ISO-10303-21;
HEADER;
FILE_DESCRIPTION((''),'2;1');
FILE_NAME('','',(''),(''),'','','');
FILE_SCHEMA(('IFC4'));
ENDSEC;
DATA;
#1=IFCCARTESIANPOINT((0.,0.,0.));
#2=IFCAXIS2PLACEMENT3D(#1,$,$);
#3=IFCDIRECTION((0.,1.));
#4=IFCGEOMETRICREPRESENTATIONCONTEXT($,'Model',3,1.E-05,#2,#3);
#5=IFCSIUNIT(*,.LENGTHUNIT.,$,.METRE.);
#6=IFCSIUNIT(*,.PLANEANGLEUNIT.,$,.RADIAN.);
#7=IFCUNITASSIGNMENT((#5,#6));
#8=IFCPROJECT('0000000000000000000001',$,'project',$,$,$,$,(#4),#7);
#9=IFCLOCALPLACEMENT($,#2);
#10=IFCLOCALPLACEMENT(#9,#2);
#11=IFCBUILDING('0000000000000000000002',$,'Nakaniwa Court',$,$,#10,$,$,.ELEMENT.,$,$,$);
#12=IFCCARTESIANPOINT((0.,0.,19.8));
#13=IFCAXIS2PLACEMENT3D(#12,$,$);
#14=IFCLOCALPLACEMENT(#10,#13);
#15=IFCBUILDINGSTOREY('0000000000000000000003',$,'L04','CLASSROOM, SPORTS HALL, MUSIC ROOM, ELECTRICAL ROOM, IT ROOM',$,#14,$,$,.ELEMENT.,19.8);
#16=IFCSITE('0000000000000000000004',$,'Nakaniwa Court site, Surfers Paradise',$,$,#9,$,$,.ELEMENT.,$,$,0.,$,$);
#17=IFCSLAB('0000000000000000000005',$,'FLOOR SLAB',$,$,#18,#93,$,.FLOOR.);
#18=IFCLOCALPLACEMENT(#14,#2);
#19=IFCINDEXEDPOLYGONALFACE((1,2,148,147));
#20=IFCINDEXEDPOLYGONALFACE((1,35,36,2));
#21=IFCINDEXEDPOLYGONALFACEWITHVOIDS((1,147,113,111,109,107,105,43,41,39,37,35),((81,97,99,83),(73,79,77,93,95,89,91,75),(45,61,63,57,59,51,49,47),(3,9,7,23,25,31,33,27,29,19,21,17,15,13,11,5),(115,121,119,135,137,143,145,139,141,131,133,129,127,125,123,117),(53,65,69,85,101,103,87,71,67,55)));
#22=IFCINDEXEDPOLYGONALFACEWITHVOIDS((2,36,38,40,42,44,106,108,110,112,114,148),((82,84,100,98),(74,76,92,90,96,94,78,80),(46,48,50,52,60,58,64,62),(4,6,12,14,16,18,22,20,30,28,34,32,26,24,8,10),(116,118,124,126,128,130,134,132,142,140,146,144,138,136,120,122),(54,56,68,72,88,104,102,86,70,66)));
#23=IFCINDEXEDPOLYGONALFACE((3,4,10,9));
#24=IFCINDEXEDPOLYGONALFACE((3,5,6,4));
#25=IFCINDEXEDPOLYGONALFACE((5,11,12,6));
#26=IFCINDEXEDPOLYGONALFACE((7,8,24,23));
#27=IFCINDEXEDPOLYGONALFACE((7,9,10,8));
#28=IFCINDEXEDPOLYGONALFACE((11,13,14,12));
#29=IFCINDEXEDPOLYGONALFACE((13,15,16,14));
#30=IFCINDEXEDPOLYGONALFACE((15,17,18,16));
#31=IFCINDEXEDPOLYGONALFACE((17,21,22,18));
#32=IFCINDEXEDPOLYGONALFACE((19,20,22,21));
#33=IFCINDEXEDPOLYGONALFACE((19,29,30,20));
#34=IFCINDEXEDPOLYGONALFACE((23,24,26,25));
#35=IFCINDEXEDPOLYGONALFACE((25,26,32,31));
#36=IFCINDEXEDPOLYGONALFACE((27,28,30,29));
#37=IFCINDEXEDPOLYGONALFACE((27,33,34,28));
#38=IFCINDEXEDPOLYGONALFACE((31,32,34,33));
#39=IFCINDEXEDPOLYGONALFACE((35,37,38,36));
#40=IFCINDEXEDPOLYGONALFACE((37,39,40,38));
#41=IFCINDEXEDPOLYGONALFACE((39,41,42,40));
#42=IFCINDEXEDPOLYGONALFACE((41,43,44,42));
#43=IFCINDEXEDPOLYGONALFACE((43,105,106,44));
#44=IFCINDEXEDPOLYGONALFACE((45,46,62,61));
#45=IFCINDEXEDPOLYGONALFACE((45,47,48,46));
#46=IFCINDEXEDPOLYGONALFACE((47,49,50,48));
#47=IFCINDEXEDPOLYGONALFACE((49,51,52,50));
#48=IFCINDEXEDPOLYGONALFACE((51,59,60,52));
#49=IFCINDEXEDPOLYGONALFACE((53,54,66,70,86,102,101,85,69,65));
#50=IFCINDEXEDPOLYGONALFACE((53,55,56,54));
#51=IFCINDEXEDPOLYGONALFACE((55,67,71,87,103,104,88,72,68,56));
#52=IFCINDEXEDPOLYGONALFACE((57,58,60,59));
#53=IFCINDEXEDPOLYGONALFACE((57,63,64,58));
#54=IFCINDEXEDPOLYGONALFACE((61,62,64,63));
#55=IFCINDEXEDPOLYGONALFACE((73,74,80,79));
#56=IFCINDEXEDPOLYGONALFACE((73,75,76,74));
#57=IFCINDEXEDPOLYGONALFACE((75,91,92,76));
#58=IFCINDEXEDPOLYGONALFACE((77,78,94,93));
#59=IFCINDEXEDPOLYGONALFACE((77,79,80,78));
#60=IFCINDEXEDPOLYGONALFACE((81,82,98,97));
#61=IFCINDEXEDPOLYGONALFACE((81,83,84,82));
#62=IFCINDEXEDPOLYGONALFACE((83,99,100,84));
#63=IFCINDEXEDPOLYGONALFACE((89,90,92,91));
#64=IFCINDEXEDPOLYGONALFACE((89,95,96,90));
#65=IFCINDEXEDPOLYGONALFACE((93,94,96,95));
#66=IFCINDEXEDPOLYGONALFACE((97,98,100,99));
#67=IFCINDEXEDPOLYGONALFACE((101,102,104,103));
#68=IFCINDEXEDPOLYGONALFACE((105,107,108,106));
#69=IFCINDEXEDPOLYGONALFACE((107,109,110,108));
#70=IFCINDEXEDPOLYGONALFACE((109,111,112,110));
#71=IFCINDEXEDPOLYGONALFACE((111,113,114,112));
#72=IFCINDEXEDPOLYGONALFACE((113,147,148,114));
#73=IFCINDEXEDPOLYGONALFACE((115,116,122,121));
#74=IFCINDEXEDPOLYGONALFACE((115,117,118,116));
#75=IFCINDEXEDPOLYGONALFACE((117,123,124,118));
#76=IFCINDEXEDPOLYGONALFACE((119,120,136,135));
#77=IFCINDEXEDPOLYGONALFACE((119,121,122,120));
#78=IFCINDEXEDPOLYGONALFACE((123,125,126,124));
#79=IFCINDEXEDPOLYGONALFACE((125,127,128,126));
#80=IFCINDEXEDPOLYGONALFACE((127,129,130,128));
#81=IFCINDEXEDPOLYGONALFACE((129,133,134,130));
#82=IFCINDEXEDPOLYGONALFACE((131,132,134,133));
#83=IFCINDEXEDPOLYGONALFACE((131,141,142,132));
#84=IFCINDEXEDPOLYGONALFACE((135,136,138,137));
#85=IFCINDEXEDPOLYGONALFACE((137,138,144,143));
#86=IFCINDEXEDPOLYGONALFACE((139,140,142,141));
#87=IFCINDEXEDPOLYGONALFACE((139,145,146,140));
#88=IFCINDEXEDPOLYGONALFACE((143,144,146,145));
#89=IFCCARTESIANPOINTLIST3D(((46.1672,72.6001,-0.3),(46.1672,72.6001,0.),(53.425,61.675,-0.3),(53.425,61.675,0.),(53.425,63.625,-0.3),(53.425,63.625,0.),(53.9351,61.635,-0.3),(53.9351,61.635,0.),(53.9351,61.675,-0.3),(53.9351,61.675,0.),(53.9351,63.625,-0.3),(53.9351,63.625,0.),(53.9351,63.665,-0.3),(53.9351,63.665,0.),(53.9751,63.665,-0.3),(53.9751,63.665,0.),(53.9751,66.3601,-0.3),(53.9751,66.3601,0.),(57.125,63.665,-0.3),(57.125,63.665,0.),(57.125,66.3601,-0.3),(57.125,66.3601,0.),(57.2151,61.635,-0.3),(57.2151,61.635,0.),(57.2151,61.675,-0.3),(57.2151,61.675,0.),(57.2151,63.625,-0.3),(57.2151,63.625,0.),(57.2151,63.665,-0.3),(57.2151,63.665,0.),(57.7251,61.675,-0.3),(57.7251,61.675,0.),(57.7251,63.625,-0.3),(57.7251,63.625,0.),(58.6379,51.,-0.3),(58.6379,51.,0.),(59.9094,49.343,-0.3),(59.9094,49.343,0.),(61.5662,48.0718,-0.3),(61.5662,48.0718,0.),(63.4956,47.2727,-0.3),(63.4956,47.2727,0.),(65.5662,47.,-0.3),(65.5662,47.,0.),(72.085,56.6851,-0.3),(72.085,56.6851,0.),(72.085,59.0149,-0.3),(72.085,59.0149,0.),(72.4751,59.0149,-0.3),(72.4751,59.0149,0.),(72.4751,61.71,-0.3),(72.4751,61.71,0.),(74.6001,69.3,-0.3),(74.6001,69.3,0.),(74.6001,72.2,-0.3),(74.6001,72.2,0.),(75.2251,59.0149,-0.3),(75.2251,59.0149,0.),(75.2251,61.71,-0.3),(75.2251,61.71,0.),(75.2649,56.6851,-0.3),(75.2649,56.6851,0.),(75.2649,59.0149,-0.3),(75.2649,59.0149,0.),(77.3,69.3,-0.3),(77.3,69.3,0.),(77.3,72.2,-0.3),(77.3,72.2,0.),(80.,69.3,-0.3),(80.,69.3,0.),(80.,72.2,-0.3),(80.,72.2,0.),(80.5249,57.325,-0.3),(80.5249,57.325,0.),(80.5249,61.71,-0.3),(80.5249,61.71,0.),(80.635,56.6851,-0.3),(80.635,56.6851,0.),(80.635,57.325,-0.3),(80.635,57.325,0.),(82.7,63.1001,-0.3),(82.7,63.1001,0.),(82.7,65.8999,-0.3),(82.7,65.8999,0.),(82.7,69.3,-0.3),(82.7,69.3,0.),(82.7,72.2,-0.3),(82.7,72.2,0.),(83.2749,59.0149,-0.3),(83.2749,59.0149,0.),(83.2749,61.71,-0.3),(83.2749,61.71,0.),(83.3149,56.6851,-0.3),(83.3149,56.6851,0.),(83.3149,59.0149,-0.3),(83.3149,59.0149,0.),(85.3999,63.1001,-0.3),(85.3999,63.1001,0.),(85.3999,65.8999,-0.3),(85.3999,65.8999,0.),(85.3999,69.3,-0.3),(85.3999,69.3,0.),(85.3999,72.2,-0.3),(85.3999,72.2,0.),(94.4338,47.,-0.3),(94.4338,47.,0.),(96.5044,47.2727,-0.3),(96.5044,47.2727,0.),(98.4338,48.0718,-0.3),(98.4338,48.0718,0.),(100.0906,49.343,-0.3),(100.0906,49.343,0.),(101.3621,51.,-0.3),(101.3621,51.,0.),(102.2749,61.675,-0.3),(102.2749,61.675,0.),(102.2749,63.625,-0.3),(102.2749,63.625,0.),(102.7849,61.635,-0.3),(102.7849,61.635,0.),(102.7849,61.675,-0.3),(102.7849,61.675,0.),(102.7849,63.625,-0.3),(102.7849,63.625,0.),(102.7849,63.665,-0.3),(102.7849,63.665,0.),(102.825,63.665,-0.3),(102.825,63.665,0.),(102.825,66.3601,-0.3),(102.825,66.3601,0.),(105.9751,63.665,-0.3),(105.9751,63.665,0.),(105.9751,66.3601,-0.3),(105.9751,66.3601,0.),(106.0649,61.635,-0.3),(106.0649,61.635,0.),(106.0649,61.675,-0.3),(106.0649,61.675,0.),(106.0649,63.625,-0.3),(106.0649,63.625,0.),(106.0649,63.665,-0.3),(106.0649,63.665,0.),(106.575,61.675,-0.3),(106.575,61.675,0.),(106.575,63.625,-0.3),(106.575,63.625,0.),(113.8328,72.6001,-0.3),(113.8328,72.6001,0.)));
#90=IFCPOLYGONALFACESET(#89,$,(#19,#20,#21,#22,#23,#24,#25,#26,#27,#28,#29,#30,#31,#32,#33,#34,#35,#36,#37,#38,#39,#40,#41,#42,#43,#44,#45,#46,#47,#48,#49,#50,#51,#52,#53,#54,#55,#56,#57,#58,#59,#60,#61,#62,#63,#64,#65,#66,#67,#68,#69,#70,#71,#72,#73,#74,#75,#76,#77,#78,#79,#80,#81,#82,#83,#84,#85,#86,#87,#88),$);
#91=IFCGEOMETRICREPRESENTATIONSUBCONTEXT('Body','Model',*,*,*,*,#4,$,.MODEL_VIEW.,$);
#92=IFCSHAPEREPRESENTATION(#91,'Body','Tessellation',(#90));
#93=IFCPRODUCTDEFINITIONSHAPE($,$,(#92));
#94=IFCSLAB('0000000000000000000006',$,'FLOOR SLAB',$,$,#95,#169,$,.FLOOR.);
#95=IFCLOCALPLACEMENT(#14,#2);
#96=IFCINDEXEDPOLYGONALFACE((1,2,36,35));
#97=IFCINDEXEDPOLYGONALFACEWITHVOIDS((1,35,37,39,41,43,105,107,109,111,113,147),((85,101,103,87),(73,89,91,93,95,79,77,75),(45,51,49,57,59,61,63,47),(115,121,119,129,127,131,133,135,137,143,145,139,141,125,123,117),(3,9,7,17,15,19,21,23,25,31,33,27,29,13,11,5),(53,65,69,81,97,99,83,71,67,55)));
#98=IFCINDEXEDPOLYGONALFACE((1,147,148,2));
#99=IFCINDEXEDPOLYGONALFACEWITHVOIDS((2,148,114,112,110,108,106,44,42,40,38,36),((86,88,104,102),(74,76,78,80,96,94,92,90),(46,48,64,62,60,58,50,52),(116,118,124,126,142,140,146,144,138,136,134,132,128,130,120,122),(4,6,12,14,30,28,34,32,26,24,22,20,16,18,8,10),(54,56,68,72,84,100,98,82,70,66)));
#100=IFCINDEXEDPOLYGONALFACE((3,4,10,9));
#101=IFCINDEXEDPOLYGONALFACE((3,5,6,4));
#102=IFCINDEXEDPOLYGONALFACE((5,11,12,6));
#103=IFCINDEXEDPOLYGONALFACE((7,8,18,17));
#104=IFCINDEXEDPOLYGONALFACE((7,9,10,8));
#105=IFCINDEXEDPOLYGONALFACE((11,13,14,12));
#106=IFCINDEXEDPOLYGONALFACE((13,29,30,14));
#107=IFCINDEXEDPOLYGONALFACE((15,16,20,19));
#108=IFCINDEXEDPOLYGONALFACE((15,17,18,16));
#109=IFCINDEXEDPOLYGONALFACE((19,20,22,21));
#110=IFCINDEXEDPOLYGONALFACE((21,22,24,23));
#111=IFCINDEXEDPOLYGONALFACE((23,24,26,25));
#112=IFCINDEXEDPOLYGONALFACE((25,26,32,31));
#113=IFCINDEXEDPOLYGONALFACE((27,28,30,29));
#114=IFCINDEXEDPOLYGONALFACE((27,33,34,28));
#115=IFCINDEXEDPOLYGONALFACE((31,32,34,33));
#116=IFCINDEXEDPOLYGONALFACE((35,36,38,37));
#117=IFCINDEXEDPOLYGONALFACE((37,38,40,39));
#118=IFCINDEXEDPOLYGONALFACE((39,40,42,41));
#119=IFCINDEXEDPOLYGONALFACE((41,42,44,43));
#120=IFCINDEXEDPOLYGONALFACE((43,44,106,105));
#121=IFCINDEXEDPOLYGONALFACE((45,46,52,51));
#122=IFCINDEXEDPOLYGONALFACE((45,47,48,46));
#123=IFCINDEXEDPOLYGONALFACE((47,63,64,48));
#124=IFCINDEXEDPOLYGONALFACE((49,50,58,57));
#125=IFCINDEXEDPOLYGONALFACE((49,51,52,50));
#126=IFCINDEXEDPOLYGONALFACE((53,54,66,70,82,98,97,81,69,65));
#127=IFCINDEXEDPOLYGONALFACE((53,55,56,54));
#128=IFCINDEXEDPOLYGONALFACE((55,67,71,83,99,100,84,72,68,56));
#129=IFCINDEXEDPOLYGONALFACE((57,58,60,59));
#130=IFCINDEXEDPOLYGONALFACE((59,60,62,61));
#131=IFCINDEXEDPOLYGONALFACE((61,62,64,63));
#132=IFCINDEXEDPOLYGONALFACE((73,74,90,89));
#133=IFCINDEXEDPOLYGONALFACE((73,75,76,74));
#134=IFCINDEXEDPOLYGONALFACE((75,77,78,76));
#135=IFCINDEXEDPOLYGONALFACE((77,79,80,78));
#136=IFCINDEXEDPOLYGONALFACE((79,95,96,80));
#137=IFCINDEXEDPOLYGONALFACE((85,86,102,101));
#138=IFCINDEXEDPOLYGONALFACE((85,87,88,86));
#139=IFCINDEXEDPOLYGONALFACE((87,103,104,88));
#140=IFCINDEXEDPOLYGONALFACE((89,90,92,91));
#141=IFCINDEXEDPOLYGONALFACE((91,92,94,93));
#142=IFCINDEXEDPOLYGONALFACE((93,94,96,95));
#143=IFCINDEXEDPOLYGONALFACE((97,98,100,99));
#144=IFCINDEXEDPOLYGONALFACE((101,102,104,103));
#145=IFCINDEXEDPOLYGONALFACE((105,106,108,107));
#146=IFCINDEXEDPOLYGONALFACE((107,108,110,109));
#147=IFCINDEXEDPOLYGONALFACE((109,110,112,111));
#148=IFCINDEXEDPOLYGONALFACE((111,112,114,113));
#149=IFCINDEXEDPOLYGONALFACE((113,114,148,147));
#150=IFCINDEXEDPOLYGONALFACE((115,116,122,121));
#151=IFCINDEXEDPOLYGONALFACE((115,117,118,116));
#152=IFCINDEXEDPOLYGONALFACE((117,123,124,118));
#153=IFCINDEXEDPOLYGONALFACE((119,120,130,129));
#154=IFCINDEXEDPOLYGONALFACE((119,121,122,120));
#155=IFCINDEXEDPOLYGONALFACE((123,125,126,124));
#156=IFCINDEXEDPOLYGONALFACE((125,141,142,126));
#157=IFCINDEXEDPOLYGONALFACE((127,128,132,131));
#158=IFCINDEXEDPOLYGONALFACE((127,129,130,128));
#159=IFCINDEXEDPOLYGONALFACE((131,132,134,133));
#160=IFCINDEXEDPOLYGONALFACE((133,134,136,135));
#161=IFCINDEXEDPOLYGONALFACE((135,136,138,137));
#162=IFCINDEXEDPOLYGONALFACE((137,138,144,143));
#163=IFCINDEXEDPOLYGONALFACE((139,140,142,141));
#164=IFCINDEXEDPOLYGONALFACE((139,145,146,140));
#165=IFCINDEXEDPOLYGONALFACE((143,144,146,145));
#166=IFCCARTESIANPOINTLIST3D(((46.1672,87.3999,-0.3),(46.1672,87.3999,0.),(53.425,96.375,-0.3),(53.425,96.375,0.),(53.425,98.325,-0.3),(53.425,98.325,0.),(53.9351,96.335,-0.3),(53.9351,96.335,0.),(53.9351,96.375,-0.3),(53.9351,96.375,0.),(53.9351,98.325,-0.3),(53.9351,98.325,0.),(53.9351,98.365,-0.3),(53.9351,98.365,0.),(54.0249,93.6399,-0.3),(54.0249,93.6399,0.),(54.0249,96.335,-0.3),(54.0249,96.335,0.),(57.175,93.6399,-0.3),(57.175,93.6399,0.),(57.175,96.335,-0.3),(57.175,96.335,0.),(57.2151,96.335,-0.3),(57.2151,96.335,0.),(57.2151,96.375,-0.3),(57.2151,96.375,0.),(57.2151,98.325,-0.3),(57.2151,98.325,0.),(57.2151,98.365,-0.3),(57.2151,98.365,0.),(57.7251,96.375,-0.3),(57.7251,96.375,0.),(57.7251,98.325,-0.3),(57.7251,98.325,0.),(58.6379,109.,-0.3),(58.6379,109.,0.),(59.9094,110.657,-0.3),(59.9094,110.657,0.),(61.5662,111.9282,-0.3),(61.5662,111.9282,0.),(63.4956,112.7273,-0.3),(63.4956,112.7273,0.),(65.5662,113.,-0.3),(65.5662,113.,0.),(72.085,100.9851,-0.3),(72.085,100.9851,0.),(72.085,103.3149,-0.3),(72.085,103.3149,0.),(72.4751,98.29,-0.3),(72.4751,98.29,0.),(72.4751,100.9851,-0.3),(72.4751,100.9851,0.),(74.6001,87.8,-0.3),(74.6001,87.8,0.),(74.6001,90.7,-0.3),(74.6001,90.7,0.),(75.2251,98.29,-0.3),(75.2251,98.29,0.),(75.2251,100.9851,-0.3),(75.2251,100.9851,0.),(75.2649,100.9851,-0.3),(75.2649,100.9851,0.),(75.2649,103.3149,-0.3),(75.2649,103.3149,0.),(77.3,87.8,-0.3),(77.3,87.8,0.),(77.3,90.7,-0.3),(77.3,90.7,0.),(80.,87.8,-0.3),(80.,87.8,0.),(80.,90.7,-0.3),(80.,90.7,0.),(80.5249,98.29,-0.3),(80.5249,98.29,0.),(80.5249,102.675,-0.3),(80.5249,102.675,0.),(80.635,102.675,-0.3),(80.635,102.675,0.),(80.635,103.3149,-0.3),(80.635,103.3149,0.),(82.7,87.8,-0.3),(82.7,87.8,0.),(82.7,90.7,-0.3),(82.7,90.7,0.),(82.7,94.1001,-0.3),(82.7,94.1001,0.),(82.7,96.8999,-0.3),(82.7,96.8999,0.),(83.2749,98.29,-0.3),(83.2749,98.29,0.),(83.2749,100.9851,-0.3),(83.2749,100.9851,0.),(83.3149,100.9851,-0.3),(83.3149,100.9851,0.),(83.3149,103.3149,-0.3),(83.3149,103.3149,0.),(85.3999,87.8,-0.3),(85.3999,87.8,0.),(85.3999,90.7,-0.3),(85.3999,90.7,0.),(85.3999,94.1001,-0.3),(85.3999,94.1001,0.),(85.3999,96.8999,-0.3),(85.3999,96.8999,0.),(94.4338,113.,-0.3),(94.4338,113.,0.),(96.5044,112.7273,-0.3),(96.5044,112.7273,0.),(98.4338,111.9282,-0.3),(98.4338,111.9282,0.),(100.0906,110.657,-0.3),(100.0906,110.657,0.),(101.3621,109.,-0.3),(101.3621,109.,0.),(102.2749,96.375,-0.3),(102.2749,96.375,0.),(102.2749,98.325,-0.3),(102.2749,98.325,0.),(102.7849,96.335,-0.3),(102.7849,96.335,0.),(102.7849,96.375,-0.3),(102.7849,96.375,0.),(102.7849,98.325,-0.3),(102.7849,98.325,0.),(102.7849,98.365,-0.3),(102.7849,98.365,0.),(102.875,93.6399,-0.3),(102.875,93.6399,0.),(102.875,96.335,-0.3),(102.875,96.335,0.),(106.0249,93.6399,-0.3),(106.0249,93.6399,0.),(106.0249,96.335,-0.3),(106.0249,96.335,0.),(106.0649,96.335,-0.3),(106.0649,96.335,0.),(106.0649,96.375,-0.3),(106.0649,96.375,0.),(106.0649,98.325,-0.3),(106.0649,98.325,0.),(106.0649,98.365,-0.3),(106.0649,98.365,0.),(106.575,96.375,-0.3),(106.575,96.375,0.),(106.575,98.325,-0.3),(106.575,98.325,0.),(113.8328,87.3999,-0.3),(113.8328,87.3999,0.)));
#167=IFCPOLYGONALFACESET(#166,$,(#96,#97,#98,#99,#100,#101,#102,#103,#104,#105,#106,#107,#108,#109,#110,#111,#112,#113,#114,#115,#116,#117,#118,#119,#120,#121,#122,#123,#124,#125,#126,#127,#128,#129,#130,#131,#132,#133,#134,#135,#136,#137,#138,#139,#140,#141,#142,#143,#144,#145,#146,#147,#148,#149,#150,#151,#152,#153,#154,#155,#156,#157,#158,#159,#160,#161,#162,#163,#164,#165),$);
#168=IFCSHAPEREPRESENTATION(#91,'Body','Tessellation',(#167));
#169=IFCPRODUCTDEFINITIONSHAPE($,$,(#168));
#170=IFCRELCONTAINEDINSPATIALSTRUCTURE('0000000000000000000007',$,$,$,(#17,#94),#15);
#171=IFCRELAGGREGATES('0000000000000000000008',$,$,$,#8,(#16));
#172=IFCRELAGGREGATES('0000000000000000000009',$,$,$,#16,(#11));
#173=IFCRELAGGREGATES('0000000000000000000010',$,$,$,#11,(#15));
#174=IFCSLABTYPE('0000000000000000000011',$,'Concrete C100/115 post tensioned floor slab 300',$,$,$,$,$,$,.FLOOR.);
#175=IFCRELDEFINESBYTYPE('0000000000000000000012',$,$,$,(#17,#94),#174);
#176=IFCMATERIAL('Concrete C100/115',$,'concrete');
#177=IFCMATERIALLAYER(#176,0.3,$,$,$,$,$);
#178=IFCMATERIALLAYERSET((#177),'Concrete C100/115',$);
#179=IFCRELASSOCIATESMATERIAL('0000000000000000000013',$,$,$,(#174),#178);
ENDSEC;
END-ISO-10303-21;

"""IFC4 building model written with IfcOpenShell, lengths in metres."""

from ifc_helpers import new_model, si_unit, direction, frame, origin, place, context, subcontext, project, spatial, polyline, outline, extrude, material, layer, layer_set, type_object, element, save


model = new_model("IFC4")

# Units and contexts
model_context = context("Model", 3, precision=1e-05, world=origin(), true_north=direction((0.0, 1.0)))
body_context = subcontext(model_context, "Body", "Model", "MODEL_VIEW")
ifc_project = project(units=[si_unit("LENGTHUNIT", "METRE"), si_unit("PLANEANGLEUNIT", "RADIAN")], contexts=[model_context])

# Site, building, storey
site_placement = place(None, origin())
site = spatial("IfcSite", under=ifc_project, at=site_placement, Name="Nakaniwa Court site, Surfers Paradise", CompositionType="ELEMENT", RefElevation=0.0)
building_placement = place(site_placement, origin())
building = spatial("IfcBuilding", under=site, at=building_placement, Name="Nakaniwa Court", CompositionType="ELEMENT")
storey_placement = place(building_placement, frame((0.0, 0.0, 19.8)))
storey = spatial("IfcBuildingStorey", under=building, at=storey_placement, Name="L04", Description="CLASSROOM, SPORTS HALL, MUSIC ROOM, ELECTRICAL ROOM, IT ROOM", CompositionType="ELEMENT", Elevation=19.8)

# Slabs
ifc_material_1 = material(Name="Concrete C100/115", Category="concrete")
ifc_layer_1 = layer(ifc_material_1, 0.3)
ifc_layer_set_1 = layer_set([ifc_layer_1], Name="Concrete C100/115")
slab_type_1 = type_object("IfcSlabType", Name="Concrete C100/115 post tensioned floor slab 300", PredefinedType="FLOOR", material=ifc_layer_set_1)
slab_1_placement = place(storey_placement, frame((0.0, 0.0, -0.3)))
element("IfcSlab", 1, at=slab_1_placement, inside=storey, type_object=slab_type_1, Name="FLOOR SLAB", PredefinedType="FLOOR", context=body_context, shape_type="SweptSolid", body=[
    extrude(outline(polyline([(101.3621, 51.0), (113.8328, 72.6001), (46.1672, 72.6001), (58.6379, 51.0), (59.9094, 49.343), (61.5662, 48.0718), (63.4956, 47.2727), (65.5662, 47.0), (94.4338, 47.0), (96.5044, 47.2727), (98.4338, 48.0718), (100.0906, 49.343), (101.3621, 51.0)]), holes=[polyline([(72.085, 59.0149), (72.085, 56.6851), (75.2649, 56.6851), (75.2649, 59.0149), (75.2251, 59.0149), (75.2251, 61.71), (72.4751, 61.71), (72.4751, 59.0149), (72.085, 59.0149)]), polyline([(53.9351, 61.675), (53.9351, 61.635), (57.2151, 61.635), (57.2151, 61.675), (57.7251, 61.675), (57.7251, 63.625), (57.2151, 63.625), (57.2151, 63.665), (57.125, 63.665), (57.125, 66.3601), (53.9751, 66.3601), (53.9751, 63.665), (53.9351, 63.665), (53.9351, 63.625), (53.425, 63.625), (53.425, 61.675), (53.9351, 61.675)]), polyline([(77.3, 69.3), (80.0, 69.3), (82.7, 69.3), (85.3999, 69.3), (85.3999, 72.2), (82.7, 72.2), (80.0, 72.2), (77.3, 72.2), (74.6001, 72.2), (74.6001, 69.3), (77.3, 69.3)]), polyline([(80.5249, 57.325), (80.635, 57.325), (80.635, 56.6851), (83.3149, 56.6851), (83.3149, 59.0149), (83.2749, 59.0149), (83.2749, 61.71), (80.5249, 61.71), (80.5249, 57.325)]), polyline([(102.7849, 61.675), (102.7849, 61.635), (106.0649, 61.635), (106.0649, 61.675), (106.575, 61.675), (106.575, 63.625), (106.0649, 63.625), (106.0649, 63.665), (105.9751, 63.665), (105.9751, 66.3601), (102.825, 66.3601), (102.825, 63.665), (102.7849, 63.665), (102.7849, 63.625), (102.2749, 63.625), (102.2749, 61.675), (102.7849, 61.675)]), polyline([(85.3999, 63.1001), (85.3999, 65.8999), (82.7, 65.8999), (82.7, 63.1001), (85.3999, 63.1001)])]), origin(), (0.0, 0.0, 1.0), 0.3),
])
slab_2_placement = place(storey_placement, frame((0.0, 0.0, -0.3)))
element("IfcSlab", 2, at=slab_2_placement, inside=storey, type_object=slab_type_1, Name="FLOOR SLAB", PredefinedType="FLOOR", context=body_context, shape_type="SweptSolid", body=[
    extrude(outline(polyline([(58.6379, 109.0), (46.1672, 87.3999), (113.8328, 87.3999), (101.3621, 109.0), (100.0906, 110.657), (98.4338, 111.9282), (96.5044, 112.7273), (94.4338, 113.0), (65.5662, 113.0), (63.4956, 112.7273), (61.5662, 111.9282), (59.9094, 110.657), (58.6379, 109.0)]), holes=[polyline([(82.7, 90.7), (80.0, 90.7), (77.3, 90.7), (74.6001, 90.7), (74.6001, 87.8), (77.3, 87.8), (80.0, 87.8), (82.7, 87.8), (85.3999, 87.8), (85.3999, 90.7), (82.7, 90.7)]), polyline([(57.175, 96.335), (57.2151, 96.335), (57.2151, 96.375), (57.7251, 96.375), (57.7251, 98.325), (57.2151, 98.325), (57.2151, 98.365), (53.9351, 98.365), (53.9351, 98.325), (53.425, 98.325), (53.425, 96.375), (53.9351, 96.375), (53.9351, 96.335), (54.0249, 96.335), (54.0249, 93.6399), (57.175, 93.6399), (57.175, 96.335)]), polyline([(75.2649, 100.9851), (75.2649, 103.3149), (72.085, 103.3149), (72.085, 100.9851), (72.4751, 100.9851), (72.4751, 98.29), (75.2251, 98.29), (75.2251, 100.9851), (75.2649, 100.9851)]), polyline([(85.3999, 94.1001), (85.3999, 96.8999), (82.7, 96.8999), (82.7, 94.1001), (85.3999, 94.1001)]), polyline([(106.0249, 96.335), (106.0649, 96.335), (106.0649, 96.375), (106.575, 96.375), (106.575, 98.325), (106.0649, 98.325), (106.0649, 98.365), (102.7849, 98.365), (102.7849, 98.325), (102.2749, 98.325), (102.2749, 96.375), (102.7849, 96.375), (102.7849, 96.335), (102.875, 96.335), (102.875, 93.6399), (106.0249, 93.6399), (106.0249, 96.335)]), polyline([(83.2749, 100.9851), (83.3149, 100.9851), (83.3149, 103.3149), (80.635, 103.3149), (80.635, 102.675), (80.5249, 102.675), (80.5249, 98.29), (83.2749, 98.29), (83.2749, 100.9851)])]), origin(), (0.0, 0.0, 1.0), 0.3),
])

save(model, "model.ifc")
